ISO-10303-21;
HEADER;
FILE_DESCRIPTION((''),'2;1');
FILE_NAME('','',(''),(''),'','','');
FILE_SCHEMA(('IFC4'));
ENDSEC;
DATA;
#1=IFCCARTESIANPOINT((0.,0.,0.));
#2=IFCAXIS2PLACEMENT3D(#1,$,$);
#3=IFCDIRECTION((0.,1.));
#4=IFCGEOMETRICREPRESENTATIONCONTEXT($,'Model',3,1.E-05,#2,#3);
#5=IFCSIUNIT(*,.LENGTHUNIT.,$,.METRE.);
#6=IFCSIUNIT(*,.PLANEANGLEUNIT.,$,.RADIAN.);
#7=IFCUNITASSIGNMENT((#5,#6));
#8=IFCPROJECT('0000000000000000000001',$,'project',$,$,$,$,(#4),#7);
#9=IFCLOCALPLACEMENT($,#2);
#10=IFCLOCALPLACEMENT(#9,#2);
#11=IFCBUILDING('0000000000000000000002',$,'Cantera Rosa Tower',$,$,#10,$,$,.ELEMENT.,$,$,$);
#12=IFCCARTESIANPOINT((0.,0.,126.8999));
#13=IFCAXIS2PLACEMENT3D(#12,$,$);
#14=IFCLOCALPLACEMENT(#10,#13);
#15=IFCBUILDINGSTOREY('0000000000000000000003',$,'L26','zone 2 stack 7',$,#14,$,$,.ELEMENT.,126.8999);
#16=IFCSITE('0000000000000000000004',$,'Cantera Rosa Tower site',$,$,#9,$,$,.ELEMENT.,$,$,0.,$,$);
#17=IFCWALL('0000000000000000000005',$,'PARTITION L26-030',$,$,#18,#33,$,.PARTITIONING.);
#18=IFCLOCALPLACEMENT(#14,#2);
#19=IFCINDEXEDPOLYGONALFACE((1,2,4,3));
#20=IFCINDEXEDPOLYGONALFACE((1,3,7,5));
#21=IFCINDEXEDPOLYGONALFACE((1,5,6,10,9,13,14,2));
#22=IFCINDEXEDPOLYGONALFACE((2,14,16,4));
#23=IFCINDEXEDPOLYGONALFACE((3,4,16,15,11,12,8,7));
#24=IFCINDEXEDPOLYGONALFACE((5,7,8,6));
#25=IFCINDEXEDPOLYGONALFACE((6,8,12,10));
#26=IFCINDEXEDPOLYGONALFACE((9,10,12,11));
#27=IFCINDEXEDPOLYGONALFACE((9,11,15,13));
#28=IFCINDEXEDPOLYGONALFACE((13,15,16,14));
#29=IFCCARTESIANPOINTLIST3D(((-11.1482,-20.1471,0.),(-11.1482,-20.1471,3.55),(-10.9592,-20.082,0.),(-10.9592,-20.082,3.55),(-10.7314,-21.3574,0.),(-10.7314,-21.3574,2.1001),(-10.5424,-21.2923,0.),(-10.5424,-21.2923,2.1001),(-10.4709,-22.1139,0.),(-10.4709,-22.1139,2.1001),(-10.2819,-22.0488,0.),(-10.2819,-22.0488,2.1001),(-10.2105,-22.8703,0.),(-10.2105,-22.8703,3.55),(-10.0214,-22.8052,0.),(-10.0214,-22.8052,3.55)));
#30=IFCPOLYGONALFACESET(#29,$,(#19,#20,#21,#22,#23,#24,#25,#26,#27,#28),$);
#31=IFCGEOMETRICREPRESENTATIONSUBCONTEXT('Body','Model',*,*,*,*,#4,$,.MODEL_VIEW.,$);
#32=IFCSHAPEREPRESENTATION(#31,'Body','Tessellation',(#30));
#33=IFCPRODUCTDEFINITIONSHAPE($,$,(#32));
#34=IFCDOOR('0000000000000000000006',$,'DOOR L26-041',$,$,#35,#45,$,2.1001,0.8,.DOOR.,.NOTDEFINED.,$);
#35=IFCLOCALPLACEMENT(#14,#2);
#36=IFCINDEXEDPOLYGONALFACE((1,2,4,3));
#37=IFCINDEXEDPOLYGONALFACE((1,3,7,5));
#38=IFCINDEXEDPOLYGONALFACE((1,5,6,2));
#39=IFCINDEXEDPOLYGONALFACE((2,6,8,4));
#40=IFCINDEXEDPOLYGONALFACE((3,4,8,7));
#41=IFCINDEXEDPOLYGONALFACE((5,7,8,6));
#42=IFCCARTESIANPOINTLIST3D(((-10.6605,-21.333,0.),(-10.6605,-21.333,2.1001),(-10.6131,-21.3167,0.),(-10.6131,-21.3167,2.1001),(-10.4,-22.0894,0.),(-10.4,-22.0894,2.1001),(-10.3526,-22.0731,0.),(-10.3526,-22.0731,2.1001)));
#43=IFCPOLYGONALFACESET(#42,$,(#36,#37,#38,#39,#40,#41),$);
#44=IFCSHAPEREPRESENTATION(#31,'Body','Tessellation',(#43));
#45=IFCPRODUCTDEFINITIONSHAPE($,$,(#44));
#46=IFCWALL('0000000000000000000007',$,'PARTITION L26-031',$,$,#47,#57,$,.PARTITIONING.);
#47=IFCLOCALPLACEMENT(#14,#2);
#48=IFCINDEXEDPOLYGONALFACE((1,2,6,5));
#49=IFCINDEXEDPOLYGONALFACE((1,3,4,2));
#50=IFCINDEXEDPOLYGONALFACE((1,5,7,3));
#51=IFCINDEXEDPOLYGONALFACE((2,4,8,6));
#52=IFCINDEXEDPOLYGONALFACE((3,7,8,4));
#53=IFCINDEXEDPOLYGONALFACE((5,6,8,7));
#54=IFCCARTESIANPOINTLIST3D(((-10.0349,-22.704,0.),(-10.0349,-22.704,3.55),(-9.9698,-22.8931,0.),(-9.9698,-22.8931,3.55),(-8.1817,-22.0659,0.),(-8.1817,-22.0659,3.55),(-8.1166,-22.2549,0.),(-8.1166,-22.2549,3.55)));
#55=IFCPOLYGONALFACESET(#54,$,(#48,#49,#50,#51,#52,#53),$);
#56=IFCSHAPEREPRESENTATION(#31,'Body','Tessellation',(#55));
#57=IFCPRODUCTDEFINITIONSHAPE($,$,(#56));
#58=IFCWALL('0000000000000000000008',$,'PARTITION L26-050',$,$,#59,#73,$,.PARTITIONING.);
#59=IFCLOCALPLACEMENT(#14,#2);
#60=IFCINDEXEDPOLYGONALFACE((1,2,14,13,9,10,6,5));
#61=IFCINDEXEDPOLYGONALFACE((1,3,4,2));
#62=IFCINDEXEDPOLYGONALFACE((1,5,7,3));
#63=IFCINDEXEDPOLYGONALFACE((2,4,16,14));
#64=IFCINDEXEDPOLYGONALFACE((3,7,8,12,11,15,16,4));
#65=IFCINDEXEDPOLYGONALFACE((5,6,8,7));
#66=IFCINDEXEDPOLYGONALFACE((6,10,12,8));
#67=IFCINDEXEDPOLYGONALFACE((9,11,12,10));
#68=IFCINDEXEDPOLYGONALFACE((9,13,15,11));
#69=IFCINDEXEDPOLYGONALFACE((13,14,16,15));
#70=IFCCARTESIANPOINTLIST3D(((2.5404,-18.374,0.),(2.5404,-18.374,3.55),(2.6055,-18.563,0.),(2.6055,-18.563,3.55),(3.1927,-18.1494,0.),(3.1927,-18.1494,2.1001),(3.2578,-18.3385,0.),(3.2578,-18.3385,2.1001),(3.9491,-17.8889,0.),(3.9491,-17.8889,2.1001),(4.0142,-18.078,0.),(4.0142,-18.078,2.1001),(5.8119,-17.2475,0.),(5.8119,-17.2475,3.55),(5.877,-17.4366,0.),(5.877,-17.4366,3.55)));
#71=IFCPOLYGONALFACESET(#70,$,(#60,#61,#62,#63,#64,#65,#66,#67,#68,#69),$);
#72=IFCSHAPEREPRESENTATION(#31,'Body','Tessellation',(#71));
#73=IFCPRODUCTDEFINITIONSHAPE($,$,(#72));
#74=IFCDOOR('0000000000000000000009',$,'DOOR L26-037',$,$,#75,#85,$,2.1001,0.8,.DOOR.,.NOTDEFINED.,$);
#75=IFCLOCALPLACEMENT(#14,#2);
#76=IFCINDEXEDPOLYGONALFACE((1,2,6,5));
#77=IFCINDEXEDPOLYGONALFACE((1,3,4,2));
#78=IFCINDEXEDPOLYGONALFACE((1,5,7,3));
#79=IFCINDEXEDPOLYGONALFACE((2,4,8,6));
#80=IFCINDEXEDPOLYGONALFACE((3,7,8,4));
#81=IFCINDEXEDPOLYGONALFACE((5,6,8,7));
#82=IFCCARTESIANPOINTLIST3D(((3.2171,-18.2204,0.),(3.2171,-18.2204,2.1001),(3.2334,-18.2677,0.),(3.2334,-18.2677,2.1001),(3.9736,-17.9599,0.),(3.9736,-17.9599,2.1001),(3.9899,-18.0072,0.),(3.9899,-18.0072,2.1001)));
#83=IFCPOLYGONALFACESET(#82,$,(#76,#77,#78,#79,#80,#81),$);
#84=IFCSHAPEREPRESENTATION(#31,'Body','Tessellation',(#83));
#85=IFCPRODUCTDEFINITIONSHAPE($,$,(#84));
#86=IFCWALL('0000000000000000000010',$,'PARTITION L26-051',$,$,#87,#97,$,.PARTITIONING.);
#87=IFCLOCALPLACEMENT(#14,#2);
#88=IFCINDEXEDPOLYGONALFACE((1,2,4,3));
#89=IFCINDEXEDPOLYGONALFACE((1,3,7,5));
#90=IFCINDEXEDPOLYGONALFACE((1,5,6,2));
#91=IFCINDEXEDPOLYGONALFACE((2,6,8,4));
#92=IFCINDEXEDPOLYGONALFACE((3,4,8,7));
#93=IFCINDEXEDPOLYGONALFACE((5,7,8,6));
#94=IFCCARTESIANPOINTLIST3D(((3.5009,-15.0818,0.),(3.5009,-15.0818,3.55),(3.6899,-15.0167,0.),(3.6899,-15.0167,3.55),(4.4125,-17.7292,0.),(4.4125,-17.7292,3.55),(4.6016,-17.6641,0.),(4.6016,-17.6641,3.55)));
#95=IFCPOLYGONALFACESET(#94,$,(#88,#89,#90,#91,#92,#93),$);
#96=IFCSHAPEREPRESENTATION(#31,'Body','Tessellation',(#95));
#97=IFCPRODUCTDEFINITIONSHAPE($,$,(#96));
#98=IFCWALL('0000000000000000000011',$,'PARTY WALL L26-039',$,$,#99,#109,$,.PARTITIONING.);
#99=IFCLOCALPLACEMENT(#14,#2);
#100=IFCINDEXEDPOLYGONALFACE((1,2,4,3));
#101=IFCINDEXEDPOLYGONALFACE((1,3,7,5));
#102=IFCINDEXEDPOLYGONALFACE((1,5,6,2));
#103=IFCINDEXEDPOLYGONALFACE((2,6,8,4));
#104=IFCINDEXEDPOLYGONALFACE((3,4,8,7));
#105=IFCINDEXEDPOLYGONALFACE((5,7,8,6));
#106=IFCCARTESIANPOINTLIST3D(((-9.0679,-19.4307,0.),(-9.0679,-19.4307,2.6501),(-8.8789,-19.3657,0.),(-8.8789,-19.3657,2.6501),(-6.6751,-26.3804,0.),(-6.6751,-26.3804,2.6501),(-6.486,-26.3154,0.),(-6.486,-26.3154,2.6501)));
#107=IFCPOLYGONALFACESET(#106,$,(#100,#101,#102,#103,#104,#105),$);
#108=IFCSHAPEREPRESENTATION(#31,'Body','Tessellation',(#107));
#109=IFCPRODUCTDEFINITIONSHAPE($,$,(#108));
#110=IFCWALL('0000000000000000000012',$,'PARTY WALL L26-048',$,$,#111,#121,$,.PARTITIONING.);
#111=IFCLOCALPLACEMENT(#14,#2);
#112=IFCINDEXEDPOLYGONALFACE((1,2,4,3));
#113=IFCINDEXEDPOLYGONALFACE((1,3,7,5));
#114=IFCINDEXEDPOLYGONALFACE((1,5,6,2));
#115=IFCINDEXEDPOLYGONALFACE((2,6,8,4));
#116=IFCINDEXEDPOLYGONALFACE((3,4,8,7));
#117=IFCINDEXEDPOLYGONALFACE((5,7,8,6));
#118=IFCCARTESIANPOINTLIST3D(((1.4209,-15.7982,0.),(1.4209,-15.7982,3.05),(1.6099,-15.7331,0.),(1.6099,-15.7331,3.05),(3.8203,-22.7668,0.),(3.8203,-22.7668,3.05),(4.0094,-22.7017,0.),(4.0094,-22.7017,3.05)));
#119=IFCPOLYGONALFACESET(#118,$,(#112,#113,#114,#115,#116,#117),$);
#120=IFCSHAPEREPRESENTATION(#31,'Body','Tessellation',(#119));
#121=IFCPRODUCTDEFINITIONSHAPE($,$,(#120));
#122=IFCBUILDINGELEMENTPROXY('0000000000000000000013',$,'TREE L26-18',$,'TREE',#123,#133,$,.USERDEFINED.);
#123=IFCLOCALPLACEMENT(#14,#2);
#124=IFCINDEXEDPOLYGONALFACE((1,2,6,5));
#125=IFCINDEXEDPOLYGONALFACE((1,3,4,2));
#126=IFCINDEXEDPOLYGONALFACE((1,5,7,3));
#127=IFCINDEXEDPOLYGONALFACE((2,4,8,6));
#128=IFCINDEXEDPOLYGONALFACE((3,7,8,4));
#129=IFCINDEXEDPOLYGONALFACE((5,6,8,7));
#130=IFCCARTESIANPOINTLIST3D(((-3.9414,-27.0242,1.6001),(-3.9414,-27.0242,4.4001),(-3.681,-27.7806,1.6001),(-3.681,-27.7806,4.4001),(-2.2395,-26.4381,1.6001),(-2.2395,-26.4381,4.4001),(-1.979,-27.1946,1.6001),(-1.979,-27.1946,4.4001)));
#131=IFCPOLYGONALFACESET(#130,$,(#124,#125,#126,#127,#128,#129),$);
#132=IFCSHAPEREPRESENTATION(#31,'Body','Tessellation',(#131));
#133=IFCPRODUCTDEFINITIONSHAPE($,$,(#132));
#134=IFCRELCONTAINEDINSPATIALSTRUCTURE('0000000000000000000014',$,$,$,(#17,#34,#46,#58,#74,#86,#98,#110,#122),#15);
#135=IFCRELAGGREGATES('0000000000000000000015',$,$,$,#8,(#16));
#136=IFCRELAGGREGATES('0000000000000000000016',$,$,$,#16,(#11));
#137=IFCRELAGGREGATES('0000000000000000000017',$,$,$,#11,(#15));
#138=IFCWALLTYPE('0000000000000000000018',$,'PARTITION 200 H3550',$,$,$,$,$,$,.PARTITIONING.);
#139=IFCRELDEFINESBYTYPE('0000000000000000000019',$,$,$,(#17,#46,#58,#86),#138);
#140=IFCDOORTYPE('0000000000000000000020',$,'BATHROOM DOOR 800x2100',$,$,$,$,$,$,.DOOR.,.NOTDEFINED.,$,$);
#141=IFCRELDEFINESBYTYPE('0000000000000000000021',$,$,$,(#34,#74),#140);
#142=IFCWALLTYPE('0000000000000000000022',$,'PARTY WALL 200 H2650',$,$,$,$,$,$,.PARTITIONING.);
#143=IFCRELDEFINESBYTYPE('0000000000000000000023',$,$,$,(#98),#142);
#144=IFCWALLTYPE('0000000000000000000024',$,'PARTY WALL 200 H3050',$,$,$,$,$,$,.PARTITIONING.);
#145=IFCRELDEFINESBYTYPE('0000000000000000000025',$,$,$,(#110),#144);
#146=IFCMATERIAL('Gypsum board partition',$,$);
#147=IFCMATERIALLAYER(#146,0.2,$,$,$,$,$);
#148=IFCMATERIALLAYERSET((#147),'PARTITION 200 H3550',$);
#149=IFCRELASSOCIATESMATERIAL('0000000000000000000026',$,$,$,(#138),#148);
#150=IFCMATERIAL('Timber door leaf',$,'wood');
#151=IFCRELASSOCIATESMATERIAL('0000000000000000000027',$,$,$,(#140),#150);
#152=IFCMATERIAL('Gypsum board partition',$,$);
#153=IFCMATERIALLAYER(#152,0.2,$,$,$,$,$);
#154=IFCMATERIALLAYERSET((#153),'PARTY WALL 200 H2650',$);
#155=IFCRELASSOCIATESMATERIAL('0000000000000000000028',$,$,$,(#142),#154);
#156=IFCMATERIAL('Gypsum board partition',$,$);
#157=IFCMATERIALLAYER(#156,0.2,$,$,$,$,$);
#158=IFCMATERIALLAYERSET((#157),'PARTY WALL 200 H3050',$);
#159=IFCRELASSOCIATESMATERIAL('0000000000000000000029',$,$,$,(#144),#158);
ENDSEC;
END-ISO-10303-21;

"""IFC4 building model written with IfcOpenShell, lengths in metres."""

from ifc_helpers import new_model, si_unit, direction, frame, frame_2d, origin, origin_2d, place, context, subcontext, project, spatial, rectangle, extrude, material, layer, layer_set, type_object, element, fill, save


model = new_model("IFC4")

# Units and contexts
model_context = context("Model", 3, precision=1e-05, world=origin(), true_north=direction((0.0, 1.0)))
body_context = subcontext(model_context, "Body", "Model", "MODEL_VIEW")
ifc_project = project(units=[si_unit("LENGTHUNIT", "METRE"), si_unit("PLANEANGLEUNIT", "RADIAN")], contexts=[model_context])

# Site, building, storey
site_placement = place(None, origin())
site = spatial("IfcSite", under=ifc_project, at=site_placement, Name="Cantera Rosa Tower site", CompositionType="ELEMENT", RefElevation=0.0)
building_placement = place(site_placement, origin())
building = spatial("IfcBuilding", under=site, at=building_placement, Name="Cantera Rosa Tower", CompositionType="ELEMENT")
storey_placement = place(building_placement, frame((0.0, 0.0, 126.8999)))
storey = spatial("IfcBuildingStorey", under=building, at=storey_placement, Name="L26", Description="zone 2 stack 7", CompositionType="ELEMENT", Elevation=126.8999)

# Shared definitions
ifc_material_1 = material(Name="Gypsum board partition")
ifc_layer_1 = layer(ifc_material_1, 0.2)
ifc_layer_set_1 = layer_set([ifc_layer_1], Name="PARTITION 200 H3550")
wall_type_1 = type_object("IfcWallType", Name="PARTITION 200 H3550", PredefinedType="PARTITIONING", material=ifc_layer_set_1)

# Wall, opening, door
wall_1_placement = place(storey_placement, frame((-10.116, -22.8376, 0.0), z_axis=(0.0, 0.0, 1.0), x_axis=(-0.325596, 0.945509, 0.0)))
wall_1 = element("IfcWall", 1, at=wall_1_placement, inside=storey, type_object=wall_type_1, Name="PARTITION L26-030", PredefinedType="PARTITIONING", context=body_context, shape_type="SweptSolid", body=[
    extrude(rectangle(XDim=2.8801, YDim=0.2, at=frame_2d((1.4399, 0.0))), origin(), (0.0, 0.0, 1.0), 3.55),
])
opening_1_placement = place(wall_1_placement, frame((0.8, 0.0, 0.0)))
opening_1 = element("IfcOpeningElement", 2, at=opening_1_placement, cuts=wall_1, PredefinedType="OPENING", context=body_context, shape_type="SweptSolid", body=[
    extrude(rectangle(XDim=0.8, YDim=2.1001, at=frame_2d((0.3999, 1.05))), frame((0.0, 0.1099, 0.0), z_axis=(0.0, -1.0, 0.0), x_axis=(1.0, 0.0, 0.0)), (0.0, 0.0, 1.0), 0.22),
])
ifc_material_2 = material(Name="Timber door leaf", Category="wood")
door_type_1 = type_object("IfcDoorType", Name="BATHROOM DOOR 800x2100", OperationType="NOTDEFINED", PredefinedType="DOOR", material=ifc_material_2)
door_1_placement = place(opening_1_placement, origin())
door_1 = element("IfcDoor", 3, at=door_1_placement, inside=storey, type_object=door_type_1, Name="DOOR L26-041", OperationType="NOTDEFINED", OverallHeight=2.1001, OverallWidth=0.8, PredefinedType="DOOR", context=body_context, shape_type="SweptSolid", body=[
    extrude(rectangle(XDim=0.8, YDim=2.1001, at=frame_2d((0.3999, 1.05))), frame((0.0, 0.0249, 0.0), z_axis=(0.0, -1.0, 0.0), x_axis=(1.0, 0.0, 0.0)), (0.0, 0.0, 1.0), 0.05),
])
fill(opening_1, door_1)

# Wall
wall_2_placement = place(storey_placement, frame((-8.1492, -22.1604, 0.0), z_axis=(0.0, 0.0, 1.0), x_axis=(-0.945511, -0.325591, 0.0)))
element("IfcWall", 4, at=wall_2_placement, inside=storey, type_object=wall_type_1, Name="PARTITION L26-031", PredefinedType="PARTITIONING", context=body_context, shape_type="SweptSolid", body=[
    extrude(rectangle(XDim=1.96, YDim=0.2, at=frame_2d((0.98, 0.0))), origin(), (0.0, 0.0, 1.0), 3.55),
])

# Wall, opening, door
wall_3_placement = place(storey_placement, frame((2.573, -18.4685, 0.0), z_axis=(0.0, 0.0, 1.0), x_axis=(0.945518, 0.325569, 0.0)))
wall_3 = element("IfcWall", 5, at=wall_3_placement, inside=storey, type_object=wall_type_1, Name="PARTITION L26-050", PredefinedType="PARTITIONING", context=body_context, shape_type="SweptSolid", body=[
    extrude(rectangle(XDim=3.46, YDim=0.2, at=frame_2d((1.73, 0.0))), origin(), (0.0, 0.0, 1.0), 3.55),
])
opening_2_placement = place(wall_3_placement, frame((0.6899, 0.0, 0.0)))
opening_2 = element("IfcOpeningElement", 6, at=opening_2_placement, cuts=wall_3, PredefinedType="OPENING", context=body_context, shape_type="SweptSolid", body=[
    extrude(rectangle(XDim=0.8, YDim=2.1001, at=frame_2d((0.3999, 1.05))), frame((0.0, 0.1099, 0.0), z_axis=(0.0, -1.0, 0.0), x_axis=(1.0, 0.0, 0.0)), (0.0, 0.0, 1.0), 0.22),
])
door_2_placement = place(opening_2_placement, origin())
door_2 = element("IfcDoor", 7, at=door_2_placement, inside=storey, type_object=door_type_1, Name="DOOR L26-037", OperationType="NOTDEFINED", OverallHeight=2.1001, OverallWidth=0.8, PredefinedType="DOOR", context=body_context, shape_type="SweptSolid", body=[
    extrude(rectangle(XDim=0.8, YDim=2.1001, at=frame_2d((0.3999, 1.05))), frame((0.0, 0.0249, 0.0), z_axis=(0.0, -1.0, 0.0), x_axis=(1.0, 0.0, 0.0)), (0.0, 0.0, 1.0), 0.05),
])
fill(opening_2, door_2)

# Walls
wall_4_placement = place(storey_placement, frame((3.5955, -15.0493, 0.0), z_axis=(0.0, 0.0, 1.0), x_axis=(0.325577, -0.945516, 0.0)))
element("IfcWall", 8, at=wall_4_placement, inside=storey, type_object=wall_type_1, Name="PARTITION L26-051", PredefinedType="PARTITIONING", context=body_context, shape_type="SweptSolid", body=[
    extrude(rectangle(XDim=2.8, YDim=0.2, at=frame_2d((1.3999, 0.0))), origin(), (0.0, 0.0, 1.0), 3.55),
])
ifc_material_3 = material(Name="Gypsum board partition")
ifc_layer_2 = layer(ifc_material_3, 0.2)
ifc_layer_set_2 = layer_set([ifc_layer_2], Name="PARTY WALL 200 H2650")
wall_type_2 = type_object("IfcWallType", Name="PARTY WALL 200 H2650", PredefinedType="PARTITIONING", material=ifc_layer_set_2)
wall_5_placement = place(storey_placement, frame((-6.5806, -26.3479, 0.0), z_axis=(0.0, 0.0, 1.0), x_axis=(-0.325549, 0.945525, 0.0)))
element("IfcWall", 9, at=wall_5_placement, inside=storey, type_object=wall_type_2, Name="PARTY WALL L26-039", PredefinedType="PARTITIONING", context=body_context, shape_type="SweptSolid", body=[
    extrude(rectangle(XDim=7.3501, YDim=0.2, at=frame_2d((3.675, 0.0))), origin(), (0.0, 0.0, 1.0), 2.6501),
])
ifc_material_4 = material(Name="Gypsum board partition")
ifc_layer_3 = layer(ifc_material_4, 0.2)
ifc_layer_set_3 = layer_set([ifc_layer_3], Name="PARTY WALL 200 H3050")
wall_type_3 = type_object("IfcWallType", Name="PARTY WALL 200 H3050", PredefinedType="PARTITIONING", material=ifc_layer_set_3)
wall_6_placement = place(storey_placement, frame((1.5154, -15.7656, 0.0), z_axis=(0.0, 0.0, 1.0), x_axis=(0.325564, -0.94552, 0.0)))
element("IfcWall", 10, at=wall_6_placement, inside=storey, type_object=wall_type_3, Name="PARTY WALL L26-048", PredefinedType="PARTITIONING", context=body_context, shape_type="SweptSolid", body=[
    extrude(rectangle(XDim=7.3701, YDim=0.2, at=frame_2d((3.6851, 0.0))), origin(), (0.0, 0.0, 1.0), 3.05),
])

# Building element proxy
proxy_placement = place(storey_placement, frame((-2.9602, -27.1094, 1.6001), z_axis=(0.0, 0.0, 1.0), x_axis=(0.945519, 0.325568, 0.0)))
element("IfcBuildingElementProxy", 11, at=proxy_placement, inside=storey, Name="TREE L26-18", ObjectType="TREE", PredefinedType="USERDEFINED", context=body_context, shape_type="SweptSolid", body=[
    extrude(rectangle(XDim=1.8, YDim=0.8, at=origin_2d()), origin(), (0.0, 0.0, 1.0), 2.8),
])

save(model, "model.ifc")
